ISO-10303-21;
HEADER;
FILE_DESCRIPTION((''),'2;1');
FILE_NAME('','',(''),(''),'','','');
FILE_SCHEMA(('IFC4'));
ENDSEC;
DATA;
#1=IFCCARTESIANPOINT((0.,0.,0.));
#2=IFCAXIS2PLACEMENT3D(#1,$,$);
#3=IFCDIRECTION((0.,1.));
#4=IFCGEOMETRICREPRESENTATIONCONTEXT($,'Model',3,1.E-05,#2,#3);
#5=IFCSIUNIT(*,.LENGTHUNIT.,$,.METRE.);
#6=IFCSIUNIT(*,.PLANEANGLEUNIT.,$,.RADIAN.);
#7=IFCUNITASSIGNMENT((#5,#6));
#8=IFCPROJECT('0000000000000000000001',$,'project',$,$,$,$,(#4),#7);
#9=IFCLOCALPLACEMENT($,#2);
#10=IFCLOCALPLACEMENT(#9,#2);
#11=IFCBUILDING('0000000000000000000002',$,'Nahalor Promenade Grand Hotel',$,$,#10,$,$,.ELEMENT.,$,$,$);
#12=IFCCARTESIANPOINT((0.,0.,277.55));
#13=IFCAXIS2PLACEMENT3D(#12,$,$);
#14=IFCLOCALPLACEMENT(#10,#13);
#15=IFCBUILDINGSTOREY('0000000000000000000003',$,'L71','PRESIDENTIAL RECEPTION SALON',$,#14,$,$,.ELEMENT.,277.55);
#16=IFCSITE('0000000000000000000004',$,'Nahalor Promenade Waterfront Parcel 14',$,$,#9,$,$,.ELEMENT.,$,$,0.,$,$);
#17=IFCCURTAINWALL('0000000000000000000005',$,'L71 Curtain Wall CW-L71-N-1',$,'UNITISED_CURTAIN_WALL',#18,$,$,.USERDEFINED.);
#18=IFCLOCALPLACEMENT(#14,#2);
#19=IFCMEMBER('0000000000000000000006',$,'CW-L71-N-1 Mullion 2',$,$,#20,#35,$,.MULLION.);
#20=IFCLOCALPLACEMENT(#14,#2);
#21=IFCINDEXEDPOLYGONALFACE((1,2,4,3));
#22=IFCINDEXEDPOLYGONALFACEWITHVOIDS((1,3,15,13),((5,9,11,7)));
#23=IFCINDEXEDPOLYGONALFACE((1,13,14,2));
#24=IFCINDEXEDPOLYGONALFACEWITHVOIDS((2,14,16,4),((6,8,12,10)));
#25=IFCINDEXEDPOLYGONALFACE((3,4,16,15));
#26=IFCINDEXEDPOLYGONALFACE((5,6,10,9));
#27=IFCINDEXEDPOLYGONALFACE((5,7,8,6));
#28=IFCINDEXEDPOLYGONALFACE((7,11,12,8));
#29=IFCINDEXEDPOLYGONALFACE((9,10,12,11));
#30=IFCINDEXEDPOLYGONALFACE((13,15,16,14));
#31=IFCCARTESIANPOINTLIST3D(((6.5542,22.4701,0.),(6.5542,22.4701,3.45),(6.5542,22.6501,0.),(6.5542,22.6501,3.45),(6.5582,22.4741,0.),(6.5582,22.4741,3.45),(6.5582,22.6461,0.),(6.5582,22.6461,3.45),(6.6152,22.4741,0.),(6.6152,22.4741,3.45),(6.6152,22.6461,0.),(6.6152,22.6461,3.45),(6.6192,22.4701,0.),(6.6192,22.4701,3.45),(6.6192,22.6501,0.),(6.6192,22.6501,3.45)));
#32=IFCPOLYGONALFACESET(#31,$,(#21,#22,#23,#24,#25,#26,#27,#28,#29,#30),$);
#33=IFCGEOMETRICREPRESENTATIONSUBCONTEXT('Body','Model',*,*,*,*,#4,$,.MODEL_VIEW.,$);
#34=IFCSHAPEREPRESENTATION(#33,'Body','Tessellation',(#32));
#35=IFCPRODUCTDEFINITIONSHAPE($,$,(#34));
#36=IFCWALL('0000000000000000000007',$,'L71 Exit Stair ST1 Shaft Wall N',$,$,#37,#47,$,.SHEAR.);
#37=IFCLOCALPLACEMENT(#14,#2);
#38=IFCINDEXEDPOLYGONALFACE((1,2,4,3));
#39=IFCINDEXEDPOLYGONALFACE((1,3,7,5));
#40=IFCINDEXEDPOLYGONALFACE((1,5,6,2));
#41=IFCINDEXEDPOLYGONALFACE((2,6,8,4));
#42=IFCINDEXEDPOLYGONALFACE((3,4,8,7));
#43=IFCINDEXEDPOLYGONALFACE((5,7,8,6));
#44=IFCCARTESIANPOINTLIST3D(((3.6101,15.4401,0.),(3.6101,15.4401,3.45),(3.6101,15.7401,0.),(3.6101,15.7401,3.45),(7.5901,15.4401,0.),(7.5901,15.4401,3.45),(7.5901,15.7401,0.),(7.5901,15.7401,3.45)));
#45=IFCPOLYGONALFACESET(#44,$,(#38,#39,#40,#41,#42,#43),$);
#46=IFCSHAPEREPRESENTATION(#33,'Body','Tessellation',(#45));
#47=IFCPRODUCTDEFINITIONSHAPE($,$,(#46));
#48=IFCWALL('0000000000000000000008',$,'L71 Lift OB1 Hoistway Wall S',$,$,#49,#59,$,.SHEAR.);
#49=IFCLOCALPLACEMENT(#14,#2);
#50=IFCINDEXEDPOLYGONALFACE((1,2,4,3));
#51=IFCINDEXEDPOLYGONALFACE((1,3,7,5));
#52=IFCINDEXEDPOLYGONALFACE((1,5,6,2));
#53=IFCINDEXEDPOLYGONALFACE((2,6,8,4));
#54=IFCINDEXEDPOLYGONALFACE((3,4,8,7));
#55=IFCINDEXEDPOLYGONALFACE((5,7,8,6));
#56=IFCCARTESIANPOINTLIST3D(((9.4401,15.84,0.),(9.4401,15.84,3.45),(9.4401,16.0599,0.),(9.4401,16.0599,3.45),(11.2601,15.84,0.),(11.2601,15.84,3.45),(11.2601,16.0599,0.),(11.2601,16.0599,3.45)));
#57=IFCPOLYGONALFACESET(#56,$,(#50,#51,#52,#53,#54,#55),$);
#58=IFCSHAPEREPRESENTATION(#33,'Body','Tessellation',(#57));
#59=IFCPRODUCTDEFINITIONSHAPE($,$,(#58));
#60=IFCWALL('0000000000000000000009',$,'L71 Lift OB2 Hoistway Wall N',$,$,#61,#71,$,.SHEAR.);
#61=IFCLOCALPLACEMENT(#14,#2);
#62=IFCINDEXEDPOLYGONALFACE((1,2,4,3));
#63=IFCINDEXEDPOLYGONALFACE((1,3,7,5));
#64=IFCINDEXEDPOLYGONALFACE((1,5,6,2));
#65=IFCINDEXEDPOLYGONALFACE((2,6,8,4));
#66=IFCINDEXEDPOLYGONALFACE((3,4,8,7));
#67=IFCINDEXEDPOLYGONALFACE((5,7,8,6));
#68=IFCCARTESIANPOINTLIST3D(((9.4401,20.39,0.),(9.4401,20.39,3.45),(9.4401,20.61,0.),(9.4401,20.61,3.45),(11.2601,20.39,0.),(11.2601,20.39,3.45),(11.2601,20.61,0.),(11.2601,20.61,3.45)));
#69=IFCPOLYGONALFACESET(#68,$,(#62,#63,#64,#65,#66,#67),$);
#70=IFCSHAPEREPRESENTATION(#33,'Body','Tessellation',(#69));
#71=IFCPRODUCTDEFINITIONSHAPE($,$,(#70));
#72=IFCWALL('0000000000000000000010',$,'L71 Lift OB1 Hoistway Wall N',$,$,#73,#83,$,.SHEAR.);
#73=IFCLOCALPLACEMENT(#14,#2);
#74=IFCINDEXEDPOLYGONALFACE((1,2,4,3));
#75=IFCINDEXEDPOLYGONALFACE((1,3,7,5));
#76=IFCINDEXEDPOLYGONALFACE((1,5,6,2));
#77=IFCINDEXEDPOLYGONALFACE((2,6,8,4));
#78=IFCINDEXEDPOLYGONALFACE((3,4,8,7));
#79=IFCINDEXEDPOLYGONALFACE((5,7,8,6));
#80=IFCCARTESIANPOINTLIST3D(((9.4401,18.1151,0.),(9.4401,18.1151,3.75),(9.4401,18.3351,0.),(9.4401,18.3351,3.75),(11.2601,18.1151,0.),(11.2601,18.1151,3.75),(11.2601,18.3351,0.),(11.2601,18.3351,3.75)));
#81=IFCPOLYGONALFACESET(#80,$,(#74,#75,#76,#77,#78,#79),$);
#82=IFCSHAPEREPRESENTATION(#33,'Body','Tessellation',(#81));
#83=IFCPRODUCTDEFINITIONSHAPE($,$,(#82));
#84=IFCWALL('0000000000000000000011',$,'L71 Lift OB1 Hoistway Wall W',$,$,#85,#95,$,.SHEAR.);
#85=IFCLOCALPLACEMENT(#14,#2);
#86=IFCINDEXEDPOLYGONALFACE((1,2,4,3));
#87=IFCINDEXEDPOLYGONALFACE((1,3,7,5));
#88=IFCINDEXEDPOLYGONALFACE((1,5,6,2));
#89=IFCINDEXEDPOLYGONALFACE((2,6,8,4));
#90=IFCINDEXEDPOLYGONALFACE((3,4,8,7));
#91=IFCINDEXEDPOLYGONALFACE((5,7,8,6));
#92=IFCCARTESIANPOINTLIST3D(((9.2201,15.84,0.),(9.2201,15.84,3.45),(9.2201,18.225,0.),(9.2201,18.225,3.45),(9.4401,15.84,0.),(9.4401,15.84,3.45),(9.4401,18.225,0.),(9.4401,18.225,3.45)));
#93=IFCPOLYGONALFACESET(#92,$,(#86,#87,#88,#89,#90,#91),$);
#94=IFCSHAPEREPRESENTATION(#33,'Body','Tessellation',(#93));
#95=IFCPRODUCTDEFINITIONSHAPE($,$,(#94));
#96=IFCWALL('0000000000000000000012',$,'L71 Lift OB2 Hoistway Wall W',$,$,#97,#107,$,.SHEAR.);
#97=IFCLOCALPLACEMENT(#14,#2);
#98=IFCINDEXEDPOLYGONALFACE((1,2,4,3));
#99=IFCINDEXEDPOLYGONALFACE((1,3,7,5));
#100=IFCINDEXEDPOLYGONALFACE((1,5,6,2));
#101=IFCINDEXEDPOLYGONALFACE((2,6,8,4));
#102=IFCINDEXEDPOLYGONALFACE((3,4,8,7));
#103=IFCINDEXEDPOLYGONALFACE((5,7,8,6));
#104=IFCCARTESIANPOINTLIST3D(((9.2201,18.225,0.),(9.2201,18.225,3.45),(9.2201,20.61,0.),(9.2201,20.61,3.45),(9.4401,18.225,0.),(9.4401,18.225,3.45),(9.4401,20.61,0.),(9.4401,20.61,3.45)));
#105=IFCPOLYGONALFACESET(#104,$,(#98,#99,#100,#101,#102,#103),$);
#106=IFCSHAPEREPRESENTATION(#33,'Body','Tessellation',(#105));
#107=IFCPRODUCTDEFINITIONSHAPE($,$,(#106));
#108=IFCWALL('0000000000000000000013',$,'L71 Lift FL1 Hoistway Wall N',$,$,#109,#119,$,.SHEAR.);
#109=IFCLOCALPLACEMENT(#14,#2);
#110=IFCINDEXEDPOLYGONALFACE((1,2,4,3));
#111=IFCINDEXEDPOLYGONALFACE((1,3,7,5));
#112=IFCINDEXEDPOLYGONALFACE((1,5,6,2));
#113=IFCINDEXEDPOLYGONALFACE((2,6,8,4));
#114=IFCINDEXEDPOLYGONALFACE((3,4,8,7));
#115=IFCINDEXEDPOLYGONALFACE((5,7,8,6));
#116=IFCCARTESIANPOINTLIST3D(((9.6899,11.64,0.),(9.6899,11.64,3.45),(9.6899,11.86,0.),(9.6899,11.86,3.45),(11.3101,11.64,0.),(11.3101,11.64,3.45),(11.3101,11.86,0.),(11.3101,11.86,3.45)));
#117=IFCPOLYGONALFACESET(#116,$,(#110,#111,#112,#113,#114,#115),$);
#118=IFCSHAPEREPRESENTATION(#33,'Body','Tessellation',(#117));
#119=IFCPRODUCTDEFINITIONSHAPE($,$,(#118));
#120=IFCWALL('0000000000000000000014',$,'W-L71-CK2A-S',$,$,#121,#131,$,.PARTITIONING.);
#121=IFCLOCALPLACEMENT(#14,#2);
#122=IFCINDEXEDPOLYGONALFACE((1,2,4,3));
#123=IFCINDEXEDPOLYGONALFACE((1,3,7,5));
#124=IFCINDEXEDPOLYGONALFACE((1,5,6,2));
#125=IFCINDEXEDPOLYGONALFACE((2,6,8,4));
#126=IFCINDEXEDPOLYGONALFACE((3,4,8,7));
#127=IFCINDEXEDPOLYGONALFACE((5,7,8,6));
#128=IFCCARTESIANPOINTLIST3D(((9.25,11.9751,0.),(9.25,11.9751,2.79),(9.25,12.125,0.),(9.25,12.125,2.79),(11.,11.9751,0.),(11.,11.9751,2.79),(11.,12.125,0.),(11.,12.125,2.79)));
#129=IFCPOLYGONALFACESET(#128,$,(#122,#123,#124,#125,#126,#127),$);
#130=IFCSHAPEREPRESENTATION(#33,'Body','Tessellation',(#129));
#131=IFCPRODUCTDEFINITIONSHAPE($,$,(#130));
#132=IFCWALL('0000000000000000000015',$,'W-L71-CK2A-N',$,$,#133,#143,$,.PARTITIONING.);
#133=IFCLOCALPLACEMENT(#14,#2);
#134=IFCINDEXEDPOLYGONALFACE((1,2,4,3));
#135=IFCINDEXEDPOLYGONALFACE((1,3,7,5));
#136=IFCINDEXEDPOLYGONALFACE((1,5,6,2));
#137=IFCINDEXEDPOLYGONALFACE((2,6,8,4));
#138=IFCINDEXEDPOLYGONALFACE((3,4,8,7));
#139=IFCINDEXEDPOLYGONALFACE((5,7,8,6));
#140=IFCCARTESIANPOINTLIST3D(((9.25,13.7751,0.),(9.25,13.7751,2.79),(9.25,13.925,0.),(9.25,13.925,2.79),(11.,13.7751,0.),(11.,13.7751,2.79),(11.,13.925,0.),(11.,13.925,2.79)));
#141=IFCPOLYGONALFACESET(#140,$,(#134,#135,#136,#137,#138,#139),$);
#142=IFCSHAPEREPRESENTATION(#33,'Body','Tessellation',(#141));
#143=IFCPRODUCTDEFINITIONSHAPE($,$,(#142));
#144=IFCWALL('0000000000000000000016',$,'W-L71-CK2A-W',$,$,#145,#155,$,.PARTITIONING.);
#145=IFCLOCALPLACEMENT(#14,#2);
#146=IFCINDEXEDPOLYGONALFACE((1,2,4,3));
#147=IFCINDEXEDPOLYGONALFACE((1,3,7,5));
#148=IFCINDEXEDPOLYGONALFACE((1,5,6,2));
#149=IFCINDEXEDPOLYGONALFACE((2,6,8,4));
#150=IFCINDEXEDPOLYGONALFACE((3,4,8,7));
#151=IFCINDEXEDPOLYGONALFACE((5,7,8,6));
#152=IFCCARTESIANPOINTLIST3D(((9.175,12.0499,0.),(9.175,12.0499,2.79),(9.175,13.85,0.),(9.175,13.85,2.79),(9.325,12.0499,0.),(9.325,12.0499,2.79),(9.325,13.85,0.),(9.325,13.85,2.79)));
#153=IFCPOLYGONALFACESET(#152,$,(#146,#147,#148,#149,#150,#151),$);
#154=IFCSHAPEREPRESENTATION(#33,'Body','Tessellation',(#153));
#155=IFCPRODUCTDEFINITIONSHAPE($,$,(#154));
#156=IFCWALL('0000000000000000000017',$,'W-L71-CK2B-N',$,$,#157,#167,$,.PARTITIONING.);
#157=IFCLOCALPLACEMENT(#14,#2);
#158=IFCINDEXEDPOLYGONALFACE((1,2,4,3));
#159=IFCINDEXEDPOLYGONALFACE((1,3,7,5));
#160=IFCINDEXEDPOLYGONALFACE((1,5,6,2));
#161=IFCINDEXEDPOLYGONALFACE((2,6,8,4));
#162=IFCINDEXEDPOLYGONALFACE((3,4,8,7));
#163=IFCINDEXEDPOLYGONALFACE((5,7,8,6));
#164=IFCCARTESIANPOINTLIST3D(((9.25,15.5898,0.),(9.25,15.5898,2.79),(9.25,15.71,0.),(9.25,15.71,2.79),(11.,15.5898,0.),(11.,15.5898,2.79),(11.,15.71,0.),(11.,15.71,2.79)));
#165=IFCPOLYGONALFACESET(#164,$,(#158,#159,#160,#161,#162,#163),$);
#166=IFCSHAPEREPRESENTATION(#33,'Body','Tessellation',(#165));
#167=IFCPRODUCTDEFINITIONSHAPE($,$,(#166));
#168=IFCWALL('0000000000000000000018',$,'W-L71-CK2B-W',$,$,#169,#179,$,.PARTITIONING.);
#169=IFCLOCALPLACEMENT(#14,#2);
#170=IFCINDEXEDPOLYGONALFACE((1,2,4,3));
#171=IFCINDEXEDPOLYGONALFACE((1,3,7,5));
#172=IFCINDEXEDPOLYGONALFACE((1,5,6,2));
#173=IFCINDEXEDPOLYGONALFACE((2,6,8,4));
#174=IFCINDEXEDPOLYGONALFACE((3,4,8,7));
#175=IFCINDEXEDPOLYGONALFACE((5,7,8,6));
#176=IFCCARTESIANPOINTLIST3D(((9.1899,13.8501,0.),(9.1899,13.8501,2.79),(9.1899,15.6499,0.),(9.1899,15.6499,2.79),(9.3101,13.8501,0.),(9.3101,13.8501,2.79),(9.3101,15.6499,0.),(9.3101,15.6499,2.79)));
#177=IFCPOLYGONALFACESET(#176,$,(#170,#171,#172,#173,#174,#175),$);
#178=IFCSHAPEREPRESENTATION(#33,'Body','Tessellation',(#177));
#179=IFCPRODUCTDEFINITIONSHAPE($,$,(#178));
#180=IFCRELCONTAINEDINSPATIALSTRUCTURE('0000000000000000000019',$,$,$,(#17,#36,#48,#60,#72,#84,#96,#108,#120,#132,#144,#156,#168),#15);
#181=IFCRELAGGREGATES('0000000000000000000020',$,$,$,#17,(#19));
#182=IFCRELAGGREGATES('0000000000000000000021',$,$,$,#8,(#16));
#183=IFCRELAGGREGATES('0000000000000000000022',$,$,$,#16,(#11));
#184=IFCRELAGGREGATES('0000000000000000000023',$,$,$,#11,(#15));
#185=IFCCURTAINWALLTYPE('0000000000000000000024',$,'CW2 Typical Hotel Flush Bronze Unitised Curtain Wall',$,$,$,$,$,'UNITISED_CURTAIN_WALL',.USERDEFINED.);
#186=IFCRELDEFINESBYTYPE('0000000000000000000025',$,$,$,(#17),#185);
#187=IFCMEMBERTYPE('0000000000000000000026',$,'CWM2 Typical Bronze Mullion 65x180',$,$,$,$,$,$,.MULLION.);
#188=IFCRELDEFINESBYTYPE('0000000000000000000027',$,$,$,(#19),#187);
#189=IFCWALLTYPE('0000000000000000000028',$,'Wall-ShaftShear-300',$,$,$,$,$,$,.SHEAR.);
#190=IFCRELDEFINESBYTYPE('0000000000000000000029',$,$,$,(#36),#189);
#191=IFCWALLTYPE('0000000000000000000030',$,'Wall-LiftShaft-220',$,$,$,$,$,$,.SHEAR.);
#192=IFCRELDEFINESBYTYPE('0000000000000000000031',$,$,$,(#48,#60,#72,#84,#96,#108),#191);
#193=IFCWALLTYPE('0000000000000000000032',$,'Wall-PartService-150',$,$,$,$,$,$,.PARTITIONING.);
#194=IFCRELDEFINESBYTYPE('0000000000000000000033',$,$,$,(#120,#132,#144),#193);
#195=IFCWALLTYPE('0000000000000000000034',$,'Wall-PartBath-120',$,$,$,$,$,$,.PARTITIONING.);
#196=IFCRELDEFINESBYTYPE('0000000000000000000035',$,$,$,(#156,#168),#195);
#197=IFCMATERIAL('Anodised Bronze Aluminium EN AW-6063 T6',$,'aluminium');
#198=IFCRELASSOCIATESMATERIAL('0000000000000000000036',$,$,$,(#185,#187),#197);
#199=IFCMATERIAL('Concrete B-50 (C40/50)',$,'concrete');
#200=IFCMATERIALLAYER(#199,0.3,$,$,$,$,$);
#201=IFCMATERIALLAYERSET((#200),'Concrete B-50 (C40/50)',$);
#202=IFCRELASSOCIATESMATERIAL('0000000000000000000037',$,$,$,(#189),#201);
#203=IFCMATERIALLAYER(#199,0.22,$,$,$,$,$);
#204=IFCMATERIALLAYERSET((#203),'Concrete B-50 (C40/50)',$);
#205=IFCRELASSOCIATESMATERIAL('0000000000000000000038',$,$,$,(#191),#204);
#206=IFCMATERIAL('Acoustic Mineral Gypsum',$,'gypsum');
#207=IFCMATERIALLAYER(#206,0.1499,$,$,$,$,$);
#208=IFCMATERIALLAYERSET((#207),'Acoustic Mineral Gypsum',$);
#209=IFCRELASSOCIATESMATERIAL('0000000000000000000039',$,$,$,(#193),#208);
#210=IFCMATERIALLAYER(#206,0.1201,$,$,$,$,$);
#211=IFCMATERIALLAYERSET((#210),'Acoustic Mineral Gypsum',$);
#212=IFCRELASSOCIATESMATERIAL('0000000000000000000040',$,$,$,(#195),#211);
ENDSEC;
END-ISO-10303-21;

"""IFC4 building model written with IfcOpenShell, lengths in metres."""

from ifc_helpers import new_model, si_unit, direction, frame, frame_2d, origin, origin_2d, place, context, subcontext, project, spatial, rectangle, hollow_rectangle, extrude, source, transform, mapped, material, layer, layer_set, material_profile, profile_set, type_object, element, aggregate, save


model = new_model("IFC4")

# Units and contexts
model_context = context("Model", 3, precision=1e-05, world=origin(), true_north=direction((0.0, 1.0)))
body_context = subcontext(model_context, "Body", "Model", "MODEL_VIEW")
ifc_project = project(units=[si_unit("LENGTHUNIT", "METRE"), si_unit("PLANEANGLEUNIT", "RADIAN")], contexts=[model_context])

# Site, building, storey
site_placement = place(None, origin())
site = spatial("IfcSite", under=ifc_project, at=site_placement, Name="Nahalor Promenade Waterfront Parcel 14", CompositionType="ELEMENT", RefElevation=0.0)
building_placement = place(site_placement, origin())
building = spatial("IfcBuilding", under=site, at=building_placement, Name="Nahalor Promenade Grand Hotel", CompositionType="ELEMENT")
storey_placement = place(building_placement, frame((0.0, 0.0, 277.55)))
storey = spatial("IfcBuildingStorey", under=building, at=storey_placement, Name="L71", Description="PRESIDENTIAL RECEPTION SALON", CompositionType="ELEMENT", Elevation=277.55)

# Shared definitions
ifc_material_1 = material(Name="Concrete B-50 (C40/50)", Category="concrete")

# Curtain wall, member
ifc_material_2 = material(Name="Anodised Bronze Aluminium EN AW-6063 T6", Category="aluminium")
curtain_wall_type = type_object("IfcCurtainWallType", Name="CW2 Typical Hotel Flush Bronze Unitised Curtain Wall", ElementType="UNITISED_CURTAIN_WALL", PredefinedType="USERDEFINED", material=ifc_material_2)
curtain_wall_placement = place(storey_placement, origin())
curtain_wall = element("IfcCurtainWall", 1, at=curtain_wall_placement, inside=storey, type_object=curtain_wall_type, Name="L71 Curtain Wall CW-L71-N-1", ObjectType="UNITISED_CURTAIN_WALL", PredefinedType="USERDEFINED")
ifc_material_profile_1 = material_profile(ifc_material_2, hollow_rectangle(XDim=0.065, YDim=0.18, WallThickness=0.004, at=origin_2d()), Name="CWM 65x180x4")
ifc_profile_set_1 = profile_set([ifc_material_profile_1], Name="Anodised Bronze Aluminium EN AW-6063 T6")
member_type_1 = type_object("IfcMemberType", Name="CWM2 Typical Bronze Mullion 65x180", PredefinedType="MULLION", material=ifc_profile_set_1)
shared_shape_1 = source(origin(), body_context, "Body", "SweptSolid", [
    extrude(hollow_rectangle(XDim=0.065, YDim=0.18, WallThickness=0.004, at=origin_2d()), origin(), (0.0, 0.0, 1.0), 3.45),
])
member_1_placement = place(storey_placement, frame((6.5867, 22.5601, 0.0), z_axis=(0.0, 0.0, 1.0), x_axis=(1.0, 0.0, 0.0)))
member_1 = element("IfcMember", 2, at=member_1_placement, type_object=member_type_1, Name="CW-L71-N-1 Mullion 2", PredefinedType="MULLION", context=body_context, shape_type="MappedRepresentation", body=[
    mapped(shared_shape_1, transform((0.0, 0.0, 0.0), scale=1.0)),
])
aggregate(curtain_wall, [member_1])

# Walls
ifc_layer_1 = layer(ifc_material_1, 0.3)
ifc_layer_set_1 = layer_set([ifc_layer_1], Name="Concrete B-50 (C40/50)")
wall_type_1 = type_object("IfcWallType", Name="Wall-ShaftShear-300", PredefinedType="SHEAR", material=ifc_layer_set_1)
shared_shape_2 = source(origin(), body_context, "Body", "SweptSolid", [
    extrude(rectangle(XDim=3.98, YDim=0.3, at=frame_2d((1.99, 0.0))), origin(), (0.0, 0.0, 1.0), 3.45),
])
wall_1_placement = place(storey_placement, frame((3.6101, 15.5901, 0.0), z_axis=(0.0, 0.0, 1.0), x_axis=(1.0, 0.0, 0.0)))
element("IfcWall", 3, at=wall_1_placement, inside=storey, type_object=wall_type_1, Name="L71 Exit Stair ST1 Shaft Wall N", PredefinedType="SHEAR", context=body_context, shape_type="MappedRepresentation", body=[
    mapped(shared_shape_2, transform((0.0, 0.0, 0.0), scale=1.0)),
])
ifc_layer_2 = layer(ifc_material_1, 0.22)
ifc_layer_set_2 = layer_set([ifc_layer_2], Name="Concrete B-50 (C40/50)")
wall_type_2 = type_object("IfcWallType", Name="Wall-LiftShaft-220", PredefinedType="SHEAR", material=ifc_layer_set_2)
shared_shape_3 = source(origin(), body_context, "Body", "SweptSolid", [
    extrude(rectangle(XDim=1.8201, YDim=0.22, at=frame_2d((0.9102, 0.0))), origin(), (0.0, 0.0, 1.0), 3.45),
])
for number, where, z_axis, x_axis, name in (
    (4, (9.4399, 15.95, 0.0), (0.0, 0.0, 1.0), (1.0, 0.0, 0.0), "L71 Lift OB1 Hoistway Wall S"),
    (5, (9.4399, 20.5, 0.0), (0.0, 0.0, 1.0), (1.0, 0.0, 0.0), "L71 Lift OB2 Hoistway Wall N"),
):
    element("IfcWall", number, at=place(storey_placement, frame(where, z_axis=z_axis, x_axis=x_axis)), inside=storey, type_object=wall_type_2, Name=name, PredefinedType="SHEAR", context=body_context, shape_type="MappedRepresentation", body=[
        mapped(shared_shape_3, transform((0.0, 0.0, 0.0), scale=1.0)),
    ])
shared_shape_4 = source(origin(), body_context, "Body", "SweptSolid", [
    extrude(rectangle(XDim=1.8201, YDim=0.22, at=frame_2d((0.9102, 0.0))), origin(), (0.0, 0.0, 1.0), 3.75),
])
wall_2_placement = place(storey_placement, frame((9.4399, 18.2251, 0.0), z_axis=(0.0, 0.0, 1.0), x_axis=(1.0, 0.0, 0.0)))
element("IfcWall", 6, at=wall_2_placement, inside=storey, type_object=wall_type_2, Name="L71 Lift OB1 Hoistway Wall N", PredefinedType="SHEAR", context=body_context, shape_type="MappedRepresentation", body=[
    mapped(shared_shape_4, transform((0.0, 0.0, 0.0), scale=1.0)),
])
shared_shape_5 = source(origin(), body_context, "Body", "SweptSolid", [
    extrude(rectangle(XDim=2.385, YDim=0.22, at=frame_2d((1.1924, 0.0))), origin(), (0.0, 0.0, 1.0), 3.45),
])
for number, where, z_axis, x_axis, name in (
    (7, (9.3301, 15.8401, 0.0), (0.0, 0.0, 1.0), (0.0, 1.0, 0.0), "L71 Lift OB1 Hoistway Wall W"),
    (8, (9.3301, 18.2251, 0.0), (0.0, 0.0, 1.0), (0.0, 1.0, 0.0), "L71 Lift OB2 Hoistway Wall W"),
):
    element("IfcWall", number, at=place(storey_placement, frame(where, z_axis=z_axis, x_axis=x_axis)), inside=storey, type_object=wall_type_2, Name=name, PredefinedType="SHEAR", context=body_context, shape_type="MappedRepresentation", body=[
        mapped(shared_shape_5, transform((0.0, 0.0, 0.0), scale=1.0)),
    ])
shared_shape_6 = source(origin(), body_context, "Body", "SweptSolid", [
    extrude(rectangle(XDim=1.6201, YDim=0.22, at=frame_2d((0.8101, 0.0))), origin(), (0.0, 0.0, 1.0), 3.45),
])
wall_3_placement = place(storey_placement, frame((9.6899, 11.75, 0.0), z_axis=(0.0, 0.0, 1.0), x_axis=(1.0, 0.0, 0.0)))
element("IfcWall", 9, at=wall_3_placement, inside=storey, type_object=wall_type_2, Name="L71 Lift FL1 Hoistway Wall N", PredefinedType="SHEAR", context=body_context, shape_type="MappedRepresentation", body=[
    mapped(shared_shape_6, transform((0.0, 0.0, 0.0), scale=1.0)),
])
ifc_material_3 = material(Name="Acoustic Mineral Gypsum", Category="gypsum")
ifc_layer_3 = layer(ifc_material_3, 0.1499)
ifc_layer_set_3 = layer_set([ifc_layer_3], Name="Acoustic Mineral Gypsum")
wall_type_3 = type_object("IfcWallType", Name="Wall-PartService-150", PredefinedType="PARTITIONING", material=ifc_layer_set_3)
shared_shape_7 = source(origin(), body_context, "Body", "SweptSolid", [
    extrude(rectangle(XDim=1.75, YDim=0.1499, at=frame_2d((0.875, 0.0))), origin(), (0.0, 0.0, 1.0), 2.79),
])
for number, where, z_axis, x_axis, name in (
    (10, (9.25, 12.05, 0.0), (0.0, 0.0, 1.0), (1.0, 0.0, 0.0), "W-L71-CK2A-S"),
    (11, (9.25, 13.8501, 0.0), (0.0, 0.0, 1.0), (1.0, 0.0, 0.0), "W-L71-CK2A-N"),
):
    element("IfcWall", number, at=place(storey_placement, frame(where, z_axis=z_axis, x_axis=x_axis)), inside=storey, type_object=wall_type_3, Name=name, PredefinedType="PARTITIONING", context=body_context, shape_type="MappedRepresentation", body=[
        mapped(shared_shape_7, transform((0.0, 0.0, 0.0), scale=1.0)),
    ])
shared_shape_8 = source(origin(), body_context, "Body", "SweptSolid", [
    extrude(rectangle(XDim=1.8, YDim=0.1499, at=frame_2d((0.8999, 0.0))), origin(), (0.0, 0.0, 1.0), 2.79),
])
wall_4_placement = place(storey_placement, frame((9.25, 12.05, 0.0), z_axis=(0.0, 0.0, 1.0), x_axis=(0.0, 1.0, 0.0)))
element("IfcWall", 12, at=wall_4_placement, inside=storey, type_object=wall_type_3, Name="W-L71-CK2A-W", PredefinedType="PARTITIONING", context=body_context, shape_type="MappedRepresentation", body=[
    mapped(shared_shape_8, transform((0.0, 0.0, 0.0), scale=1.0)),
])
ifc_layer_4 = layer(ifc_material_3, 0.1201)
ifc_layer_set_4 = layer_set([ifc_layer_4], Name="Acoustic Mineral Gypsum")
wall_type_4 = type_object("IfcWallType", Name="Wall-PartBath-120", PredefinedType="PARTITIONING", material=ifc_layer_set_4)
shared_shape_9 = source(origin(), body_context, "Body", "SweptSolid", [
    extrude(rectangle(XDim=1.75, YDim=0.1201, at=frame_2d((0.875, 0.0))), origin(), (0.0, 0.0, 1.0), 2.79),
])
wall_5_placement = place(storey_placement, frame((9.25, 15.6499, 0.0), z_axis=(0.0, 0.0, 1.0), x_axis=(1.0, 0.0, 0.0)))
element("IfcWall", 13, at=wall_5_placement, inside=storey, type_object=wall_type_4, Name="W-L71-CK2B-N", PredefinedType="PARTITIONING", context=body_context, shape_type="MappedRepresentation", body=[
    mapped(shared_shape_9, transform((0.0, 0.0, 0.0), scale=1.0)),
])
shared_shape_10 = source(origin(), body_context, "Body", "SweptSolid", [
    extrude(rectangle(XDim=1.7998, YDim=0.1201, at=frame_2d((0.8999, 0.0))), origin(), (0.0, 0.0, 1.0), 2.79),
])
wall_6_placement = place(storey_placement, frame((9.25, 13.8501, 0.0), z_axis=(0.0, 0.0, 1.0), x_axis=(0.0, 1.0, 0.0)))
element("IfcWall", 14, at=wall_6_placement, inside=storey, type_object=wall_type_4, Name="W-L71-CK2B-W", PredefinedType="PARTITIONING", context=body_context, shape_type="MappedRepresentation", body=[
    mapped(shared_shape_10, transform((0.0, 0.0, 0.0), scale=1.0)),
])

save(model, "model.ifc")
